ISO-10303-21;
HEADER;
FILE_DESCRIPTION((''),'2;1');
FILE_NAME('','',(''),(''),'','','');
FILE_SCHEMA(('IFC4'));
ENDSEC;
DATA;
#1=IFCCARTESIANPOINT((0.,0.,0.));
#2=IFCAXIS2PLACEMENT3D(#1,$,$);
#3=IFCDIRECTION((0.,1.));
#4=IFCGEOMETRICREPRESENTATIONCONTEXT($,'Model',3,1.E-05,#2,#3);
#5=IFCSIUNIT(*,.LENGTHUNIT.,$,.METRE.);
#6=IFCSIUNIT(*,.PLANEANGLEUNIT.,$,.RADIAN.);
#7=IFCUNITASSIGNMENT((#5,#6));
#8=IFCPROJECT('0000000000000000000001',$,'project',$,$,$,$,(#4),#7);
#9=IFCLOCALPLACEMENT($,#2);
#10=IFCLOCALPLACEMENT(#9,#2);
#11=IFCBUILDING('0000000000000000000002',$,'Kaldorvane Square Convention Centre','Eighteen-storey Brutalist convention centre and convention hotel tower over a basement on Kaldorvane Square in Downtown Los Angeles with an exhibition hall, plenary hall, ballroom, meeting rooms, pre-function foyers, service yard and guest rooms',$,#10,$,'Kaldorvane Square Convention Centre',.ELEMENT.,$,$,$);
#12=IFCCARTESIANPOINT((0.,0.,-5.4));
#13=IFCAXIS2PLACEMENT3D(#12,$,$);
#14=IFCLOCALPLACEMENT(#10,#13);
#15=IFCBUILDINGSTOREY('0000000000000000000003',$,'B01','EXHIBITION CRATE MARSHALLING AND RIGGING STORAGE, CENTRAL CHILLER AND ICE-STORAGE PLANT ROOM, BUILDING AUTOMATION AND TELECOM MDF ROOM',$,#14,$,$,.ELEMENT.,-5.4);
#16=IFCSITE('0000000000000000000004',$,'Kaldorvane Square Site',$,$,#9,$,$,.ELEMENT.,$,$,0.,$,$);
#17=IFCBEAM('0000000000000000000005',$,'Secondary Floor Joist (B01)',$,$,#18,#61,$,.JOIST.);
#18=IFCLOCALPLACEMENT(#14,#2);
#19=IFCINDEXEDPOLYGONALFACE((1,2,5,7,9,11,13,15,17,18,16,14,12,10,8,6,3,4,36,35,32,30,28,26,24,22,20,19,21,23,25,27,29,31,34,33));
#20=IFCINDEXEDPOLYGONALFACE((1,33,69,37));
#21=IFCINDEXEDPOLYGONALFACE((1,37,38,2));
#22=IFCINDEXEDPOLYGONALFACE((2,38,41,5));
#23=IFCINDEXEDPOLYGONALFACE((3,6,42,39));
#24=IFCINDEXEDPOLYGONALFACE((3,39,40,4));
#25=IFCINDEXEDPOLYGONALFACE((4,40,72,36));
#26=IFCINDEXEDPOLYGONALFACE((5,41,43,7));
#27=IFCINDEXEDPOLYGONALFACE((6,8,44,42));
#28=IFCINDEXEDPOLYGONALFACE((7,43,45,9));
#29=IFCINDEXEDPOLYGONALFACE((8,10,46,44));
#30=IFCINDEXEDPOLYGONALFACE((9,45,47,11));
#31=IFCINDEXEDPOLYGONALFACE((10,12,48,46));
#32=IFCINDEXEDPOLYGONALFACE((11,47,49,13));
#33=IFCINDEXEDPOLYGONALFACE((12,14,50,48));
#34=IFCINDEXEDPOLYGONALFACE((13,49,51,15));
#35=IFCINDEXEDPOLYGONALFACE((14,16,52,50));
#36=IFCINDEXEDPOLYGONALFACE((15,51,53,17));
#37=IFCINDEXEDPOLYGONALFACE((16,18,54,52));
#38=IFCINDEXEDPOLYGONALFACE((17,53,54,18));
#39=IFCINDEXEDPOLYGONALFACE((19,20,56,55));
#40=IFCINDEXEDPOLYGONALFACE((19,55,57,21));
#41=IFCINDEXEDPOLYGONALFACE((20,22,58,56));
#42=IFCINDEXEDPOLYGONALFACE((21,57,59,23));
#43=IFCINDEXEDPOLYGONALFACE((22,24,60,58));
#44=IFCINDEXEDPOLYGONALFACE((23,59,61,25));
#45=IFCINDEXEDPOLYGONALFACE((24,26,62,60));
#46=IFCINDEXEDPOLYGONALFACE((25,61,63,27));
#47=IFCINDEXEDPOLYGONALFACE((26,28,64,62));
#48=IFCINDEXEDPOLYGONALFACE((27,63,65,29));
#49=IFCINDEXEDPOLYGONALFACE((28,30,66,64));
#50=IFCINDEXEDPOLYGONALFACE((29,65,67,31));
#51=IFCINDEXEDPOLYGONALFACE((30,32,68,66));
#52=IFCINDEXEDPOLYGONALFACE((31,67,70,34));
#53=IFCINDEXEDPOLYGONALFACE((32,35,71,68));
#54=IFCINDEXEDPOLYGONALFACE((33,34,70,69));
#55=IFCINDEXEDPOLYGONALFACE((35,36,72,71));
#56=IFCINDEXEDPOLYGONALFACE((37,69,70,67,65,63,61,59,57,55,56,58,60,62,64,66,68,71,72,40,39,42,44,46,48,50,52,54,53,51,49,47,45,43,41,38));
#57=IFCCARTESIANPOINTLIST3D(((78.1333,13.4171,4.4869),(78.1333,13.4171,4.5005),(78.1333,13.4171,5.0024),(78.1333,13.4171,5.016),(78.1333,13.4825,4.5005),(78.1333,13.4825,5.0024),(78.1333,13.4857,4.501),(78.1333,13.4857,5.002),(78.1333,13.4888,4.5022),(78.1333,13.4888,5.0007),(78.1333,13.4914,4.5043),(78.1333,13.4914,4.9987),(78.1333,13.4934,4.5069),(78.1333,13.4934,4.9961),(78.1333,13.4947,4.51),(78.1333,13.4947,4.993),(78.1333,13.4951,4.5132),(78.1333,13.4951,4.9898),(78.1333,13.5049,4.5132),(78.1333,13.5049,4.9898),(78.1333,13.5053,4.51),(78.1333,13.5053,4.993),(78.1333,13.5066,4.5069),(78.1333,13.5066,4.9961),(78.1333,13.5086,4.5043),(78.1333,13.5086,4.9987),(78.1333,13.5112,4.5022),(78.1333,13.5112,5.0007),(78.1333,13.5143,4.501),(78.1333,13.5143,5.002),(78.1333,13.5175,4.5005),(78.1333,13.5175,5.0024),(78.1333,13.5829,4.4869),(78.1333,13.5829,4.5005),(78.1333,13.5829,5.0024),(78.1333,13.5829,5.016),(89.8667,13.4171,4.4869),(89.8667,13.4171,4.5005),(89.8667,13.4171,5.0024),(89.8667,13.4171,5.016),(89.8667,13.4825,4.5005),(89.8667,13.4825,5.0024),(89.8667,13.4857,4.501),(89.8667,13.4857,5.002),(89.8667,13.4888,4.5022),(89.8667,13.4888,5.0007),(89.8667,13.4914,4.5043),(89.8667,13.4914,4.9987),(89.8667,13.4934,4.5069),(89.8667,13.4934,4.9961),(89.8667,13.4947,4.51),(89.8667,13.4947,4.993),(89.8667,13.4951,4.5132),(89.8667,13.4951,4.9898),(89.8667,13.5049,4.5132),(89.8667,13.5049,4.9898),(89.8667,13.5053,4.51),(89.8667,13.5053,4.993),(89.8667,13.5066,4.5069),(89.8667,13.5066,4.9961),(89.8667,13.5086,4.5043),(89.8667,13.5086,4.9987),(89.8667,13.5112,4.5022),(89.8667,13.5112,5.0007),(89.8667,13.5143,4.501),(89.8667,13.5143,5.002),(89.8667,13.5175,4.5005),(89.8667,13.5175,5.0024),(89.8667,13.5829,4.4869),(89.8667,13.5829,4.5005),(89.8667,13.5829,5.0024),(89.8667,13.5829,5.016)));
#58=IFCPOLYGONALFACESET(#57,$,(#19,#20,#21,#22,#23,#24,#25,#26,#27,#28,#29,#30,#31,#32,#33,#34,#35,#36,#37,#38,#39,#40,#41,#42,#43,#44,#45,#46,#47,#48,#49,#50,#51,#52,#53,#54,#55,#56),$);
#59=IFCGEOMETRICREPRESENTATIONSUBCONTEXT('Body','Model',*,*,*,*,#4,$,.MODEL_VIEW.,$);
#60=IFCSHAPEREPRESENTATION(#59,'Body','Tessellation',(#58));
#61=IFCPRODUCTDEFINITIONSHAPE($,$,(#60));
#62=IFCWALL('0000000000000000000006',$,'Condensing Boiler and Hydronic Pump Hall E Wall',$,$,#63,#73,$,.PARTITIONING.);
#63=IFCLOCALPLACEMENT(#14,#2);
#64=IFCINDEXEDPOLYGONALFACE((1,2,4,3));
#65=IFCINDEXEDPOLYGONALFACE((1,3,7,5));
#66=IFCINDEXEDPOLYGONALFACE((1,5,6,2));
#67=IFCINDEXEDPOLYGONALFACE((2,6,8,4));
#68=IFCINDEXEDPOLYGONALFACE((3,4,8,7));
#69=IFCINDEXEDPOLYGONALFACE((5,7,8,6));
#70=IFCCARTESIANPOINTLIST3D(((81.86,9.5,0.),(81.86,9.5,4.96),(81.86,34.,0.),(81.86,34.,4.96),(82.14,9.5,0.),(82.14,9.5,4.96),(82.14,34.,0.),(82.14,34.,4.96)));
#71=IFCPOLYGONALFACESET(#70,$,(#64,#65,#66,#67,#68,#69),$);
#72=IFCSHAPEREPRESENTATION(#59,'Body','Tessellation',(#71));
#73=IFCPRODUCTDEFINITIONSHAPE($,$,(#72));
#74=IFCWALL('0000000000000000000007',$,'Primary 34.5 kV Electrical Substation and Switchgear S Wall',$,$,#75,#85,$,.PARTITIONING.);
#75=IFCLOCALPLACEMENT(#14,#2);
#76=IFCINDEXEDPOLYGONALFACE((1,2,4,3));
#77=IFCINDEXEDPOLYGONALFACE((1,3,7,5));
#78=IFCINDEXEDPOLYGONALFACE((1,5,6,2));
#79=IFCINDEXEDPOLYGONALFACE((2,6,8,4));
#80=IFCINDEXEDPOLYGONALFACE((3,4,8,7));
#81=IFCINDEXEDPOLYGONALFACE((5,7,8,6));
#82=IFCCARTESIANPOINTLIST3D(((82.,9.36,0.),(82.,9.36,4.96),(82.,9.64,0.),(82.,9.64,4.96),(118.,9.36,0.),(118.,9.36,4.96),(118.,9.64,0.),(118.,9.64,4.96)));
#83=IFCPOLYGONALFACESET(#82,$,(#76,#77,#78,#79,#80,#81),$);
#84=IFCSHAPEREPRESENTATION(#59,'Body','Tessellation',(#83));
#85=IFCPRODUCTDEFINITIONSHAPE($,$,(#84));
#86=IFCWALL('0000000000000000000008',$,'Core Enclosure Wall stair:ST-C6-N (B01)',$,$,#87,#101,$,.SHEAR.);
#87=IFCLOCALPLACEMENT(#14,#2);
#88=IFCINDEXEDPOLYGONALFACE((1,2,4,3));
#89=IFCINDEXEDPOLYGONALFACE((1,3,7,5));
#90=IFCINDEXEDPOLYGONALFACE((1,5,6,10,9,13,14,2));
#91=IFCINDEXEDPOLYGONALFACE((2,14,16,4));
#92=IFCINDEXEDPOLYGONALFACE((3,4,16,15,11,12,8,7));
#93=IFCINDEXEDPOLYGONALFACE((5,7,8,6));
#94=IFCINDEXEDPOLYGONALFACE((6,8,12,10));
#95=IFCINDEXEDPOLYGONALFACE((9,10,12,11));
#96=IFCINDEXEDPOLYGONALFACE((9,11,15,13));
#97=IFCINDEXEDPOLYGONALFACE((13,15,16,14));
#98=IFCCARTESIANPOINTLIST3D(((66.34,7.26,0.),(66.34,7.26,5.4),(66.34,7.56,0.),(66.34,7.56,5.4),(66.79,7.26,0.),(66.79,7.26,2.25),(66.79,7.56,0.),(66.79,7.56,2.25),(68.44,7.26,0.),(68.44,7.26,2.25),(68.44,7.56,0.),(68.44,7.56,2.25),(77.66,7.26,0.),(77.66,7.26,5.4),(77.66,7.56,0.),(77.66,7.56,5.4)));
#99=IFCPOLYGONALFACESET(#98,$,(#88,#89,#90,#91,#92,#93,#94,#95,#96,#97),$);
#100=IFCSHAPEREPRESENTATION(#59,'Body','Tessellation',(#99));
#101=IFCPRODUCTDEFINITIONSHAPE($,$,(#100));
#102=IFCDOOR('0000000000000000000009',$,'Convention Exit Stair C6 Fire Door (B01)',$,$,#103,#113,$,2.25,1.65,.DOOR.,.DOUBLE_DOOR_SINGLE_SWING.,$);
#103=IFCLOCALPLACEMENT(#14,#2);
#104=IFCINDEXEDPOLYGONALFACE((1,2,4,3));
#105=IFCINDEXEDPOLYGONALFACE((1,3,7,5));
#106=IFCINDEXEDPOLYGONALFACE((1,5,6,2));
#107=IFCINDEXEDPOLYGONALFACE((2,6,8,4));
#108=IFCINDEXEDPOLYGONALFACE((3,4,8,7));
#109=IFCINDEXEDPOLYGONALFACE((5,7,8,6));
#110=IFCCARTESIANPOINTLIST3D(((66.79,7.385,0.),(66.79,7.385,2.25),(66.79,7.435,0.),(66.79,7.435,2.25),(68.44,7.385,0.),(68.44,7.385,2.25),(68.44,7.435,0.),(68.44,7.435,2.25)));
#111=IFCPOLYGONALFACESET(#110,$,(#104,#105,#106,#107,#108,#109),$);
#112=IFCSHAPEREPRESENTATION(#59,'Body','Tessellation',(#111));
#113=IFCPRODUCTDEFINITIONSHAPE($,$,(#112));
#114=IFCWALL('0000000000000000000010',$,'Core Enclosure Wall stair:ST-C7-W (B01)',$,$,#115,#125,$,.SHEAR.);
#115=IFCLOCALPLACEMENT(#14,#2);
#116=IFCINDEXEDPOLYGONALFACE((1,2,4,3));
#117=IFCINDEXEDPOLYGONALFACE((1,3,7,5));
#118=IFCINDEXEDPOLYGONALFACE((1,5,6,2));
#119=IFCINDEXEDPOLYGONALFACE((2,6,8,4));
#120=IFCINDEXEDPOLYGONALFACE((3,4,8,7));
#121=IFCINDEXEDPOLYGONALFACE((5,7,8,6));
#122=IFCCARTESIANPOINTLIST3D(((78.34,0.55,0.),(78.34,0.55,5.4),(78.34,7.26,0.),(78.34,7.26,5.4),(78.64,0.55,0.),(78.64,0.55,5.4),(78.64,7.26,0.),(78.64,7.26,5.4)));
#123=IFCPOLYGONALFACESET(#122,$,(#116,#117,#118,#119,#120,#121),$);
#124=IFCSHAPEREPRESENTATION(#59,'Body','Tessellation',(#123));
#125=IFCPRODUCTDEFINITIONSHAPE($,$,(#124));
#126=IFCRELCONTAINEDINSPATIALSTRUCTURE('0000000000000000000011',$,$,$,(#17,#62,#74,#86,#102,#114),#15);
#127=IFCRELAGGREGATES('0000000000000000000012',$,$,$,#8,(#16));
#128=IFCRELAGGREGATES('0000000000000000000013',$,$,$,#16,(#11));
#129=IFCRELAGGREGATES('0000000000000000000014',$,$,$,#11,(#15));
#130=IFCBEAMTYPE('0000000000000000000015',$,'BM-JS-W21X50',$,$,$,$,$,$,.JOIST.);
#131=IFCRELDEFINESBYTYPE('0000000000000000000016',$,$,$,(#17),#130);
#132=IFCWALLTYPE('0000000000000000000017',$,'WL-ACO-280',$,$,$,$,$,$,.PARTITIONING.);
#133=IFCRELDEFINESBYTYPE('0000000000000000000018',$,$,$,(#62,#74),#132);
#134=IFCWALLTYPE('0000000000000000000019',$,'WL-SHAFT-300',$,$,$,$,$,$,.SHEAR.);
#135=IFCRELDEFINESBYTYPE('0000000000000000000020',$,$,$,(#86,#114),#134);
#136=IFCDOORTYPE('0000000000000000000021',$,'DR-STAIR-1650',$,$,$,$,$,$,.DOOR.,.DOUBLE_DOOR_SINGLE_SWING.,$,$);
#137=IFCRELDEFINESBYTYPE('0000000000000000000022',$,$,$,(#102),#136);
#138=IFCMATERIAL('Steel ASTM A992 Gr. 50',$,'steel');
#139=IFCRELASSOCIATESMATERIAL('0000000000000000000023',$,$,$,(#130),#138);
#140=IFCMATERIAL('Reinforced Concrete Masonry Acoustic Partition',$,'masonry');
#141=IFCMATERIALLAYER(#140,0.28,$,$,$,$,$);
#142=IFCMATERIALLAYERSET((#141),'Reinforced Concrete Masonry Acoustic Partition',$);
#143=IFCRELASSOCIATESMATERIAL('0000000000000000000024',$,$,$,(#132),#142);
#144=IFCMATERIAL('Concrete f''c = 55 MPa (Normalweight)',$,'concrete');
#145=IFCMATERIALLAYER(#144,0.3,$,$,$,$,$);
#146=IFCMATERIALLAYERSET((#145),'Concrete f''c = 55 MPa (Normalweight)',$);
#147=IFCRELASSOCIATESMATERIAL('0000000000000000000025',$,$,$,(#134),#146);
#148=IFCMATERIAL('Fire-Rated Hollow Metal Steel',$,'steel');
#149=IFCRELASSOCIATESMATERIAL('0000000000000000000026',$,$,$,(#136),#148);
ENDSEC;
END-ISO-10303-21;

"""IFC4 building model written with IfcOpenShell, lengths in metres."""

from ifc_helpers import new_model, si_unit, direction, frame, frame_2d, origin, origin_2d, place, context, subcontext, project, spatial, rectangle, i_section, extrude, material, layer, layer_set, material_profile, profile_set, type_object, element, fill, save


model = new_model("IFC4")

# Units and contexts
model_context = context("Model", 3, precision=1e-05, world=origin(), true_north=direction((0.0, 1.0)))
body_context = subcontext(model_context, "Body", "Model", "MODEL_VIEW")
ifc_project = project(units=[si_unit("LENGTHUNIT", "METRE"), si_unit("PLANEANGLEUNIT", "RADIAN")], contexts=[model_context])

# Site, building, storey
site_placement = place(None, origin())
site = spatial("IfcSite", under=ifc_project, at=site_placement, Name="Kaldorvane Square Site", CompositionType="ELEMENT", RefElevation=0.0)
building_placement = place(site_placement, origin())
building = spatial("IfcBuilding", under=site, at=building_placement, Name="Kaldorvane Square Convention Centre", Description="Eighteen-storey Brutalist convention centre and convention hotel tower over a basement on Kaldorvane Square in Downtown Los Angeles with an exhibition hall, plenary hall, ballroom, meeting rooms, pre-function foyers, service yard and guest rooms", LongName="Kaldorvane Square Convention Centre", CompositionType="ELEMENT")
storey_placement = place(building_placement, frame((0.0, 0.0, -5.4)))
storey = spatial("IfcBuildingStorey", under=building, at=storey_placement, Name="B01", Description="EXHIBITION CRATE MARSHALLING AND RIGGING STORAGE, CENTRAL CHILLER AND ICE-STORAGE PLANT ROOM, BUILDING AUTOMATION AND TELECOM MDF ROOM", CompositionType="ELEMENT", Elevation=-5.4)

# Shared definitions
ifc_material_1 = material(Name="Concrete f'c = 55 MPa (Normalweight)", Category="concrete")
ifc_material_2 = material(Name="Steel ASTM A992 Gr. 50", Category="steel")

# Beam
ifc_material_profile_1 = material_profile(ifc_material_2, i_section(OverallWidth=0.1659, OverallDepth=0.5291, WebThickness=0.0097, FlangeThickness=0.0136, FilletRadius=0.0127, at=origin_2d()), Name="W21X50")
ifc_profile_set_1 = profile_set([ifc_material_profile_1], Name="Steel ASTM A992 Gr. 50")
beam_type_1 = type_object("IfcBeamType", Name="BM-JS-W21X50", PredefinedType="JOIST", material=ifc_profile_set_1)
beam_placement = place(storey_placement, frame((78.1333, 13.5, 4.7515), z_axis=(1.0, 0.0, 0.0), x_axis=(0.0, 1.0, 0.0)))
element("IfcBeam", 1, at=beam_placement, inside=storey, type_object=beam_type_1, Name="Secondary Floor Joist (B01)", PredefinedType="JOIST", context=body_context, shape_type="SweptSolid", body=[
    extrude(i_section(OverallWidth=0.1659, OverallDepth=0.5291, WebThickness=0.0097, FlangeThickness=0.0136, FilletRadius=0.0127, at=origin_2d()), origin(), (0.0, 0.0, 1.0), 11.7334),
])

# Walls
ifc_material_3 = material(Name="Reinforced Concrete Masonry Acoustic Partition", Category="masonry")
ifc_layer_1 = layer(ifc_material_3, 0.28)
ifc_layer_set_1 = layer_set([ifc_layer_1], Name="Reinforced Concrete Masonry Acoustic Partition")
wall_type_1 = type_object("IfcWallType", Name="WL-ACO-280", PredefinedType="PARTITIONING", material=ifc_layer_set_1)
wall_1_placement = place(storey_placement, frame((82.0, 9.5, 0.0), z_axis=(0.0, 0.0, 1.0), x_axis=(0.0, 1.0, 0.0)))
element("IfcWall", 2, at=wall_1_placement, inside=storey, type_object=wall_type_1, Name="Condensing Boiler and Hydronic Pump Hall E Wall", PredefinedType="PARTITIONING", context=body_context, shape_type="SweptSolid", body=[
    extrude(rectangle(XDim=24.5, YDim=0.28, at=frame_2d((12.25, 0.0))), origin(), (0.0, 0.0, 1.0), 4.96),
])
wall_2_placement = place(storey_placement, frame((82.0, 9.5, 0.0), z_axis=(0.0, 0.0, 1.0), x_axis=(1.0, 0.0, 0.0)))
element("IfcWall", 3, at=wall_2_placement, inside=storey, type_object=wall_type_1, Name="Primary 34.5 kV Electrical Substation and Switchgear S Wall", PredefinedType="PARTITIONING", context=body_context, shape_type="SweptSolid", body=[
    extrude(rectangle(XDim=36.0, YDim=0.28, at=frame_2d((18.0, 0.0))), origin(), (0.0, 0.0, 1.0), 4.96),
])

# Wall, opening, door
ifc_layer_2 = layer(ifc_material_1, 0.3)
ifc_layer_set_2 = layer_set([ifc_layer_2], Name="Concrete f'c = 55 MPa (Normalweight)")
wall_type_2 = type_object("IfcWallType", Name="WL-SHAFT-300", PredefinedType="SHEAR", material=ifc_layer_set_2)
wall_3_placement = place(storey_placement, frame((77.66, 7.41, 0.0), z_axis=(0.0, 0.0, 1.0), x_axis=(-1.0, 0.0, 0.0)))
wall_3 = element("IfcWall", 4, at=wall_3_placement, inside=storey, type_object=wall_type_2, Name="Core Enclosure Wall stair:ST-C6-N (B01)", PredefinedType="SHEAR", context=body_context, shape_type="SweptSolid", body=[
    extrude(rectangle(XDim=11.32, YDim=0.3, at=frame_2d((5.66, 0.0))), origin(), (0.0, 0.0, 1.0), 5.4),
])
opening_placement = place(wall_3_placement, frame((9.22, 0.0, 0.0)))
opening = element("IfcOpeningElement", 5, at=opening_placement, cuts=wall_3, PredefinedType="OPENING", context=body_context, shape_type="SweptSolid", body=[
    extrude(rectangle(XDim=1.65, YDim=2.25, at=frame_2d((0.825, 1.125))), frame((0.0, 0.165, 0.0), z_axis=(0.0, -1.0, 0.0), x_axis=(1.0, 0.0, 0.0)), (0.0, 0.0, 1.0), 0.33),
])
ifc_material_4 = material(Name="Fire-Rated Hollow Metal Steel", Category="steel")
door_type = type_object("IfcDoorType", Name="DR-STAIR-1650", OperationType="DOUBLE_DOOR_SINGLE_SWING", PredefinedType="DOOR", material=ifc_material_4)
door_placement = place(opening_placement, origin())
door = element("IfcDoor", 6, at=door_placement, inside=storey, type_object=door_type, Name="Convention Exit Stair C6 Fire Door (B01)", OperationType="DOUBLE_DOOR_SINGLE_SWING", OverallHeight=2.25, OverallWidth=1.65, PredefinedType="DOOR", context=body_context, shape_type="SweptSolid", body=[
    extrude(rectangle(XDim=1.65, YDim=2.25, at=frame_2d((0.825, 1.125))), frame((0.0, 0.025, 0.0), z_axis=(0.0, -1.0, 0.0), x_axis=(1.0, 0.0, 0.0)), (0.0, 0.0, 1.0), 0.05),
])
fill(opening, door)

# Wall
wall_4_placement = place(storey_placement, frame((78.49, 7.26, 0.0), z_axis=(0.0, 0.0, 1.0), x_axis=(0.0, -1.0, 0.0)))
element("IfcWall", 7, at=wall_4_placement, inside=storey, type_object=wall_type_2, Name="Core Enclosure Wall stair:ST-C7-W (B01)", PredefinedType="SHEAR", context=body_context, shape_type="SweptSolid", body=[
    extrude(rectangle(XDim=6.71, YDim=0.3, at=frame_2d((3.355, 0.0))), origin(), (0.0, 0.0, 1.0), 5.4),
])

save(model, "model.ifc")
